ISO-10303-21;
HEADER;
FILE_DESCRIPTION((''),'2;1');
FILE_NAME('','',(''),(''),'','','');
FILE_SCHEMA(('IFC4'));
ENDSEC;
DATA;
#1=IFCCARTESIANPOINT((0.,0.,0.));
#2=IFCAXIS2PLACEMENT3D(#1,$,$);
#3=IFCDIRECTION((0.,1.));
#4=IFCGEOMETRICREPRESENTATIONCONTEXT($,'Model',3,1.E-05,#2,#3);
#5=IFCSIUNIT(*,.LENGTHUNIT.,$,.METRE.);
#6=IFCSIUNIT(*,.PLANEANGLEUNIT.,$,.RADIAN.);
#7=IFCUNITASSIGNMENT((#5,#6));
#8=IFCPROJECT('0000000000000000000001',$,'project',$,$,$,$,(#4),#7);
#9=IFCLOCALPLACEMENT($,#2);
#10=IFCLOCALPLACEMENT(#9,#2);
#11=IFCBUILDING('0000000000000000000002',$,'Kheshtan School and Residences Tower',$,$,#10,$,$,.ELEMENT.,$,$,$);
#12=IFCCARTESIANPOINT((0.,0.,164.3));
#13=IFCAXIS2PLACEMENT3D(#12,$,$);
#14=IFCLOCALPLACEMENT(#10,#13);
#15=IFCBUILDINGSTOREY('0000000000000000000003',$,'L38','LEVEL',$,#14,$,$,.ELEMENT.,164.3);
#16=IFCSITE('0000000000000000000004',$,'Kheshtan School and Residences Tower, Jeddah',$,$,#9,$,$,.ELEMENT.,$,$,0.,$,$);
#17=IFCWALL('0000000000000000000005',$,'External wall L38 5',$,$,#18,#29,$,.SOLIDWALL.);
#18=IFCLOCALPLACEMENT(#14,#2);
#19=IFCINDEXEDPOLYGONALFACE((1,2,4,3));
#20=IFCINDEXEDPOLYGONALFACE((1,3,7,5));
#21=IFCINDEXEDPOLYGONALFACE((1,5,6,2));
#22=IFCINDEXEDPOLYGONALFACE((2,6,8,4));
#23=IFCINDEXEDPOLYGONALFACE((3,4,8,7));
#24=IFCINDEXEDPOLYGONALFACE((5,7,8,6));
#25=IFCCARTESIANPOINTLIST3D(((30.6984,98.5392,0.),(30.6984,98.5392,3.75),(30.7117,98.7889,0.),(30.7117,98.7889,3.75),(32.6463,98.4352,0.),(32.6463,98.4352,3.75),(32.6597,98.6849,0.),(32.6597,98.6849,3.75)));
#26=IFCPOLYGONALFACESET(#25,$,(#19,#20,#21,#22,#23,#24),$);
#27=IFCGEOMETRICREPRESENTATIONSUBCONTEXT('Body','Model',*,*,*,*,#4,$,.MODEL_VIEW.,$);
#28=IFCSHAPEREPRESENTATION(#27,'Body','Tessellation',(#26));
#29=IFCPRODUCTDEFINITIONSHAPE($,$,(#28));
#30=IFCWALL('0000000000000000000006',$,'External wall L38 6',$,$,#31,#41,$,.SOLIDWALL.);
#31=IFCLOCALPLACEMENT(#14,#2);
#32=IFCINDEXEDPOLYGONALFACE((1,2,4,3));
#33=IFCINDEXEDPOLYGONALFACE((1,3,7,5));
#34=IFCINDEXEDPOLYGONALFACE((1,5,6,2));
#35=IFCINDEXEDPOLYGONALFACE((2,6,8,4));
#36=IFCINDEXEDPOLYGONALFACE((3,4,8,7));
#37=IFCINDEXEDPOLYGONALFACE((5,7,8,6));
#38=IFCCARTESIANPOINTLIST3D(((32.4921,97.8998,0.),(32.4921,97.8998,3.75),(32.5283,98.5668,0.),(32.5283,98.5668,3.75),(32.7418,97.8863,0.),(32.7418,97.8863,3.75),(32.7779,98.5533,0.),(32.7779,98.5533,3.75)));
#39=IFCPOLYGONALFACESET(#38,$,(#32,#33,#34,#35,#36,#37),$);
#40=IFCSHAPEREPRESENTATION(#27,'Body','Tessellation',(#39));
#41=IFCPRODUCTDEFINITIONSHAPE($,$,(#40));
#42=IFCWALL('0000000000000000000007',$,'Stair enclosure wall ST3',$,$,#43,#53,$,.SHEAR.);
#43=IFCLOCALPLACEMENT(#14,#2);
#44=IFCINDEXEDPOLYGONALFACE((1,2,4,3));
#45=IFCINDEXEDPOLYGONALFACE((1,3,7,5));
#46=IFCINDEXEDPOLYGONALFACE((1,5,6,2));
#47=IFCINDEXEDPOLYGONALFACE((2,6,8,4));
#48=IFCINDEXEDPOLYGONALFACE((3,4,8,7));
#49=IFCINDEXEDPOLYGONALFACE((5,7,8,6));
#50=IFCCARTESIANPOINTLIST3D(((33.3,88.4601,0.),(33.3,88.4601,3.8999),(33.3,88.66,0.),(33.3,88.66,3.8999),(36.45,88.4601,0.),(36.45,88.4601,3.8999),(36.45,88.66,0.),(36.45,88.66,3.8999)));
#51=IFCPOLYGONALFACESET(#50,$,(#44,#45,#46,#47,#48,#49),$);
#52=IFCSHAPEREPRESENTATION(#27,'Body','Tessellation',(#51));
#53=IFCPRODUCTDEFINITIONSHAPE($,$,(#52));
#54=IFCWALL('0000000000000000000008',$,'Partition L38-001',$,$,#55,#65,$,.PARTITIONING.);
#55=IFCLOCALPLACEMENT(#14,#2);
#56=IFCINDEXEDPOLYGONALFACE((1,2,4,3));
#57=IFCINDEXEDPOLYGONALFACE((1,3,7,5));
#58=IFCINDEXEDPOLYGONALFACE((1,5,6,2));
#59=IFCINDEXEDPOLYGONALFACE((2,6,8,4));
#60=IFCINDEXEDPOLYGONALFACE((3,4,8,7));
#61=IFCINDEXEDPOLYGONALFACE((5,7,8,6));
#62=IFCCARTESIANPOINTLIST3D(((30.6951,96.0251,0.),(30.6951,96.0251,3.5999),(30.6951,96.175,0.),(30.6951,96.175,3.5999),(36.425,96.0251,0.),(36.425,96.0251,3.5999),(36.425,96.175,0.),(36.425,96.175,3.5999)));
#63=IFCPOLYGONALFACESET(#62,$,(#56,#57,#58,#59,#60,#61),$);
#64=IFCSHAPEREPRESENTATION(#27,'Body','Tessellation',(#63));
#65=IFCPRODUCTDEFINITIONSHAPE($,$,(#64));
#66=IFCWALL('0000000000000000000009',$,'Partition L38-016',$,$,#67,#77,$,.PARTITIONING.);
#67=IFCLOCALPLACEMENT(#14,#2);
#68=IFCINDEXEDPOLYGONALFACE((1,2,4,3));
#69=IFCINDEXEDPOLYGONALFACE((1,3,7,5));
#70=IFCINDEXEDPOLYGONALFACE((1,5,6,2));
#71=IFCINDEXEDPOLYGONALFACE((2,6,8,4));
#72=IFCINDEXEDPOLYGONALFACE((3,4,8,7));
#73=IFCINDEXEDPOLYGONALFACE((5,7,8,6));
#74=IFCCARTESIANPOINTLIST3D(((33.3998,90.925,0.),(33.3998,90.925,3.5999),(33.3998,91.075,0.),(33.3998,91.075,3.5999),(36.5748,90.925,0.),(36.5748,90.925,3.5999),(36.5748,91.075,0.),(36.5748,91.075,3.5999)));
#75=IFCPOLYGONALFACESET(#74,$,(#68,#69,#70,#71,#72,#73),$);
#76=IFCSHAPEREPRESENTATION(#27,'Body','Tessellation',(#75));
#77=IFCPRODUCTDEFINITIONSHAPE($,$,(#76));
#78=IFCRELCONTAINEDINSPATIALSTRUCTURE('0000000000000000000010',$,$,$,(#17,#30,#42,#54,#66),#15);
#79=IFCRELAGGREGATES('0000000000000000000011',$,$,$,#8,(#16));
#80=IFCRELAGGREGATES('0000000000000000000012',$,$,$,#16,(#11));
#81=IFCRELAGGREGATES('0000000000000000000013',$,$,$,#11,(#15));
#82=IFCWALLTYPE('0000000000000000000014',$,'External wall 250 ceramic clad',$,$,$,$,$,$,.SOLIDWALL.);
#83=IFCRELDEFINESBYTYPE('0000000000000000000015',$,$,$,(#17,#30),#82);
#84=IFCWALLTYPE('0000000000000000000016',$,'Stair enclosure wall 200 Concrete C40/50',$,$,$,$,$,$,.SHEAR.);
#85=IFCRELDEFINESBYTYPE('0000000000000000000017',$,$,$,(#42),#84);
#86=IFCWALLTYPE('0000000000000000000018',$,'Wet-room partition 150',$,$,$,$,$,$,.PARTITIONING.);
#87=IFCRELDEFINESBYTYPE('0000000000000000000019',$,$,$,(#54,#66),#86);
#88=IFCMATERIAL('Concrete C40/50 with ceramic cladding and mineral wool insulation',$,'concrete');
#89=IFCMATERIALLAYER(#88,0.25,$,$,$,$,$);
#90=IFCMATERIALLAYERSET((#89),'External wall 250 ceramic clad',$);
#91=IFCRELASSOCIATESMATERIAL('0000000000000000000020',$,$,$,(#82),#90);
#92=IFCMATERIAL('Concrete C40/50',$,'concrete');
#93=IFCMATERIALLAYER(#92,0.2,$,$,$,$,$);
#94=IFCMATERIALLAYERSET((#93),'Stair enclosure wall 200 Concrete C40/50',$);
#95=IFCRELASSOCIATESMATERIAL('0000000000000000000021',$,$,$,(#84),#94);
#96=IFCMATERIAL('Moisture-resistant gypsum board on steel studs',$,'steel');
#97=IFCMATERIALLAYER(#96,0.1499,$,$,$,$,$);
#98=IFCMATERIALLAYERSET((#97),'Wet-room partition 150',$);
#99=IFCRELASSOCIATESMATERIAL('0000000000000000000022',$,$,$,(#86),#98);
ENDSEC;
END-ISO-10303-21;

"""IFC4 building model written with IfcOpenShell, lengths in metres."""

from ifc_helpers import new_model, si_unit, direction, frame, frame_2d, origin, place, context, subcontext, project, spatial, rectangle, extrude, material, layer, layer_set, type_object, element, save


model = new_model("IFC4")

# Units and contexts
model_context = context("Model", 3, precision=1e-05, world=origin(), true_north=direction((0.0, 1.0)))
body_context = subcontext(model_context, "Body", "Model", "MODEL_VIEW")
ifc_project = project(units=[si_unit("LENGTHUNIT", "METRE"), si_unit("PLANEANGLEUNIT", "RADIAN")], contexts=[model_context])

# Site, building, storey
site_placement = place(None, origin())
site = spatial("IfcSite", under=ifc_project, at=site_placement, Name="Kheshtan School and Residences Tower, Jeddah", CompositionType="ELEMENT", RefElevation=0.0)
building_placement = place(site_placement, origin())
building = spatial("IfcBuilding", under=site, at=building_placement, Name="Kheshtan School and Residences Tower", CompositionType="ELEMENT")
storey_placement = place(building_placement, frame((0.0, 0.0, 164.3)))
storey = spatial("IfcBuildingStorey", under=building, at=storey_placement, Name="L38", Description="LEVEL", CompositionType="ELEMENT", Elevation=164.3)

# Walls
ifc_material_1 = material(Name="Concrete C40/50 with ceramic cladding and mineral wool insulation", Category="concrete")
ifc_layer_1 = layer(ifc_material_1, 0.25)
ifc_layer_set_1 = layer_set([ifc_layer_1], Name="External wall 250 ceramic clad")
wall_type_1 = type_object("IfcWallType", Name="External wall 250 ceramic clad", PredefinedType="SOLIDWALL", material=ifc_layer_set_1)
wall_1_placement = place(storey_placement, frame((30.7051, 98.6641, 0.0), z_axis=(0.0, 0.0, 1.0), x_axis=(0.998578, -0.053314, 0.0)))
element("IfcWall", 1, at=wall_1_placement, inside=storey, type_object=wall_type_1, Name="External wall L38 5", PredefinedType="SOLIDWALL", context=body_context, shape_type="SweptSolid", body=[
    extrude(rectangle(XDim=1.9507, YDim=0.25, at=frame_2d((0.9753, 0.0))), origin(), (0.0, 0.0, 1.0), 3.75),
])
wall_2_placement = place(storey_placement, frame((32.6531, 98.5601, 0.0), z_axis=(0.0, 0.0, 1.0), x_axis=(-0.054093, -0.998536, 0.0)))
element("IfcWall", 2, at=wall_2_placement, inside=storey, type_object=wall_type_1, Name="External wall L38 6", PredefinedType="SOLIDWALL", context=body_context, shape_type="SweptSolid", body=[
    extrude(rectangle(XDim=0.668, YDim=0.25, at=frame_2d((0.334, 0.0))), origin(), (0.0, 0.0, 1.0), 3.75),
])
ifc_material_2 = material(Name="Concrete C40/50", Category="concrete")
ifc_layer_2 = layer(ifc_material_2, 0.2)
ifc_layer_set_2 = layer_set([ifc_layer_2], Name="Stair enclosure wall 200 Concrete C40/50")
wall_type_2 = type_object("IfcWallType", Name="Stair enclosure wall 200 Concrete C40/50", PredefinedType="SHEAR", material=ifc_layer_set_2)
wall_3_placement = place(storey_placement, frame((33.3, 88.5601, 0.0), z_axis=(0.0, 0.0, 1.0), x_axis=(1.0, 0.0, 0.0)))
element("IfcWall", 3, at=wall_3_placement, inside=storey, type_object=wall_type_2, Name="Stair enclosure wall ST3", PredefinedType="SHEAR", context=body_context, shape_type="SweptSolid", body=[
    extrude(rectangle(XDim=3.1499, YDim=0.2, at=frame_2d((1.575, 0.0))), origin(), (0.0, 0.0, 1.0), 3.8999),
])
ifc_material_3 = material(Name="Moisture-resistant gypsum board on steel studs", Category="steel")
ifc_layer_3 = layer(ifc_material_3, 0.1499)
ifc_layer_set_3 = layer_set([ifc_layer_3], Name="Wet-room partition 150")
wall_type_3 = type_object("IfcWallType", Name="Wet-room partition 150", PredefinedType="PARTITIONING", material=ifc_layer_set_3)
wall_4_placement = place(storey_placement, frame((30.6951, 96.1001, 0.0), z_axis=(0.0, 0.0, 1.0), x_axis=(1.0, 0.0, 0.0)))
element("IfcWall", 4, at=wall_4_placement, inside=storey, type_object=wall_type_3, Name="Partition L38-001", PredefinedType="PARTITIONING", context=body_context, shape_type="SweptSolid", body=[
    extrude(rectangle(XDim=5.73, YDim=0.1499, at=frame_2d((2.865, 0.0))), origin(), (0.0, 0.0, 1.0), 3.5999),
])
wall_5_placement = place(storey_placement, frame((33.3999, 91.0, 0.0), z_axis=(0.0, 0.0, 1.0), x_axis=(1.0, 0.0, 0.0)))
element("IfcWall", 5, at=wall_5_placement, inside=storey, type_object=wall_type_3, Name="Partition L38-016", PredefinedType="PARTITIONING", context=body_context, shape_type="SweptSolid", body=[
    extrude(rectangle(XDim=3.175, YDim=0.1499, at=frame_2d((1.5874, 0.0))), origin(), (0.0, 0.0, 1.0), 3.5999),
])

save(model, "model.ifc")
